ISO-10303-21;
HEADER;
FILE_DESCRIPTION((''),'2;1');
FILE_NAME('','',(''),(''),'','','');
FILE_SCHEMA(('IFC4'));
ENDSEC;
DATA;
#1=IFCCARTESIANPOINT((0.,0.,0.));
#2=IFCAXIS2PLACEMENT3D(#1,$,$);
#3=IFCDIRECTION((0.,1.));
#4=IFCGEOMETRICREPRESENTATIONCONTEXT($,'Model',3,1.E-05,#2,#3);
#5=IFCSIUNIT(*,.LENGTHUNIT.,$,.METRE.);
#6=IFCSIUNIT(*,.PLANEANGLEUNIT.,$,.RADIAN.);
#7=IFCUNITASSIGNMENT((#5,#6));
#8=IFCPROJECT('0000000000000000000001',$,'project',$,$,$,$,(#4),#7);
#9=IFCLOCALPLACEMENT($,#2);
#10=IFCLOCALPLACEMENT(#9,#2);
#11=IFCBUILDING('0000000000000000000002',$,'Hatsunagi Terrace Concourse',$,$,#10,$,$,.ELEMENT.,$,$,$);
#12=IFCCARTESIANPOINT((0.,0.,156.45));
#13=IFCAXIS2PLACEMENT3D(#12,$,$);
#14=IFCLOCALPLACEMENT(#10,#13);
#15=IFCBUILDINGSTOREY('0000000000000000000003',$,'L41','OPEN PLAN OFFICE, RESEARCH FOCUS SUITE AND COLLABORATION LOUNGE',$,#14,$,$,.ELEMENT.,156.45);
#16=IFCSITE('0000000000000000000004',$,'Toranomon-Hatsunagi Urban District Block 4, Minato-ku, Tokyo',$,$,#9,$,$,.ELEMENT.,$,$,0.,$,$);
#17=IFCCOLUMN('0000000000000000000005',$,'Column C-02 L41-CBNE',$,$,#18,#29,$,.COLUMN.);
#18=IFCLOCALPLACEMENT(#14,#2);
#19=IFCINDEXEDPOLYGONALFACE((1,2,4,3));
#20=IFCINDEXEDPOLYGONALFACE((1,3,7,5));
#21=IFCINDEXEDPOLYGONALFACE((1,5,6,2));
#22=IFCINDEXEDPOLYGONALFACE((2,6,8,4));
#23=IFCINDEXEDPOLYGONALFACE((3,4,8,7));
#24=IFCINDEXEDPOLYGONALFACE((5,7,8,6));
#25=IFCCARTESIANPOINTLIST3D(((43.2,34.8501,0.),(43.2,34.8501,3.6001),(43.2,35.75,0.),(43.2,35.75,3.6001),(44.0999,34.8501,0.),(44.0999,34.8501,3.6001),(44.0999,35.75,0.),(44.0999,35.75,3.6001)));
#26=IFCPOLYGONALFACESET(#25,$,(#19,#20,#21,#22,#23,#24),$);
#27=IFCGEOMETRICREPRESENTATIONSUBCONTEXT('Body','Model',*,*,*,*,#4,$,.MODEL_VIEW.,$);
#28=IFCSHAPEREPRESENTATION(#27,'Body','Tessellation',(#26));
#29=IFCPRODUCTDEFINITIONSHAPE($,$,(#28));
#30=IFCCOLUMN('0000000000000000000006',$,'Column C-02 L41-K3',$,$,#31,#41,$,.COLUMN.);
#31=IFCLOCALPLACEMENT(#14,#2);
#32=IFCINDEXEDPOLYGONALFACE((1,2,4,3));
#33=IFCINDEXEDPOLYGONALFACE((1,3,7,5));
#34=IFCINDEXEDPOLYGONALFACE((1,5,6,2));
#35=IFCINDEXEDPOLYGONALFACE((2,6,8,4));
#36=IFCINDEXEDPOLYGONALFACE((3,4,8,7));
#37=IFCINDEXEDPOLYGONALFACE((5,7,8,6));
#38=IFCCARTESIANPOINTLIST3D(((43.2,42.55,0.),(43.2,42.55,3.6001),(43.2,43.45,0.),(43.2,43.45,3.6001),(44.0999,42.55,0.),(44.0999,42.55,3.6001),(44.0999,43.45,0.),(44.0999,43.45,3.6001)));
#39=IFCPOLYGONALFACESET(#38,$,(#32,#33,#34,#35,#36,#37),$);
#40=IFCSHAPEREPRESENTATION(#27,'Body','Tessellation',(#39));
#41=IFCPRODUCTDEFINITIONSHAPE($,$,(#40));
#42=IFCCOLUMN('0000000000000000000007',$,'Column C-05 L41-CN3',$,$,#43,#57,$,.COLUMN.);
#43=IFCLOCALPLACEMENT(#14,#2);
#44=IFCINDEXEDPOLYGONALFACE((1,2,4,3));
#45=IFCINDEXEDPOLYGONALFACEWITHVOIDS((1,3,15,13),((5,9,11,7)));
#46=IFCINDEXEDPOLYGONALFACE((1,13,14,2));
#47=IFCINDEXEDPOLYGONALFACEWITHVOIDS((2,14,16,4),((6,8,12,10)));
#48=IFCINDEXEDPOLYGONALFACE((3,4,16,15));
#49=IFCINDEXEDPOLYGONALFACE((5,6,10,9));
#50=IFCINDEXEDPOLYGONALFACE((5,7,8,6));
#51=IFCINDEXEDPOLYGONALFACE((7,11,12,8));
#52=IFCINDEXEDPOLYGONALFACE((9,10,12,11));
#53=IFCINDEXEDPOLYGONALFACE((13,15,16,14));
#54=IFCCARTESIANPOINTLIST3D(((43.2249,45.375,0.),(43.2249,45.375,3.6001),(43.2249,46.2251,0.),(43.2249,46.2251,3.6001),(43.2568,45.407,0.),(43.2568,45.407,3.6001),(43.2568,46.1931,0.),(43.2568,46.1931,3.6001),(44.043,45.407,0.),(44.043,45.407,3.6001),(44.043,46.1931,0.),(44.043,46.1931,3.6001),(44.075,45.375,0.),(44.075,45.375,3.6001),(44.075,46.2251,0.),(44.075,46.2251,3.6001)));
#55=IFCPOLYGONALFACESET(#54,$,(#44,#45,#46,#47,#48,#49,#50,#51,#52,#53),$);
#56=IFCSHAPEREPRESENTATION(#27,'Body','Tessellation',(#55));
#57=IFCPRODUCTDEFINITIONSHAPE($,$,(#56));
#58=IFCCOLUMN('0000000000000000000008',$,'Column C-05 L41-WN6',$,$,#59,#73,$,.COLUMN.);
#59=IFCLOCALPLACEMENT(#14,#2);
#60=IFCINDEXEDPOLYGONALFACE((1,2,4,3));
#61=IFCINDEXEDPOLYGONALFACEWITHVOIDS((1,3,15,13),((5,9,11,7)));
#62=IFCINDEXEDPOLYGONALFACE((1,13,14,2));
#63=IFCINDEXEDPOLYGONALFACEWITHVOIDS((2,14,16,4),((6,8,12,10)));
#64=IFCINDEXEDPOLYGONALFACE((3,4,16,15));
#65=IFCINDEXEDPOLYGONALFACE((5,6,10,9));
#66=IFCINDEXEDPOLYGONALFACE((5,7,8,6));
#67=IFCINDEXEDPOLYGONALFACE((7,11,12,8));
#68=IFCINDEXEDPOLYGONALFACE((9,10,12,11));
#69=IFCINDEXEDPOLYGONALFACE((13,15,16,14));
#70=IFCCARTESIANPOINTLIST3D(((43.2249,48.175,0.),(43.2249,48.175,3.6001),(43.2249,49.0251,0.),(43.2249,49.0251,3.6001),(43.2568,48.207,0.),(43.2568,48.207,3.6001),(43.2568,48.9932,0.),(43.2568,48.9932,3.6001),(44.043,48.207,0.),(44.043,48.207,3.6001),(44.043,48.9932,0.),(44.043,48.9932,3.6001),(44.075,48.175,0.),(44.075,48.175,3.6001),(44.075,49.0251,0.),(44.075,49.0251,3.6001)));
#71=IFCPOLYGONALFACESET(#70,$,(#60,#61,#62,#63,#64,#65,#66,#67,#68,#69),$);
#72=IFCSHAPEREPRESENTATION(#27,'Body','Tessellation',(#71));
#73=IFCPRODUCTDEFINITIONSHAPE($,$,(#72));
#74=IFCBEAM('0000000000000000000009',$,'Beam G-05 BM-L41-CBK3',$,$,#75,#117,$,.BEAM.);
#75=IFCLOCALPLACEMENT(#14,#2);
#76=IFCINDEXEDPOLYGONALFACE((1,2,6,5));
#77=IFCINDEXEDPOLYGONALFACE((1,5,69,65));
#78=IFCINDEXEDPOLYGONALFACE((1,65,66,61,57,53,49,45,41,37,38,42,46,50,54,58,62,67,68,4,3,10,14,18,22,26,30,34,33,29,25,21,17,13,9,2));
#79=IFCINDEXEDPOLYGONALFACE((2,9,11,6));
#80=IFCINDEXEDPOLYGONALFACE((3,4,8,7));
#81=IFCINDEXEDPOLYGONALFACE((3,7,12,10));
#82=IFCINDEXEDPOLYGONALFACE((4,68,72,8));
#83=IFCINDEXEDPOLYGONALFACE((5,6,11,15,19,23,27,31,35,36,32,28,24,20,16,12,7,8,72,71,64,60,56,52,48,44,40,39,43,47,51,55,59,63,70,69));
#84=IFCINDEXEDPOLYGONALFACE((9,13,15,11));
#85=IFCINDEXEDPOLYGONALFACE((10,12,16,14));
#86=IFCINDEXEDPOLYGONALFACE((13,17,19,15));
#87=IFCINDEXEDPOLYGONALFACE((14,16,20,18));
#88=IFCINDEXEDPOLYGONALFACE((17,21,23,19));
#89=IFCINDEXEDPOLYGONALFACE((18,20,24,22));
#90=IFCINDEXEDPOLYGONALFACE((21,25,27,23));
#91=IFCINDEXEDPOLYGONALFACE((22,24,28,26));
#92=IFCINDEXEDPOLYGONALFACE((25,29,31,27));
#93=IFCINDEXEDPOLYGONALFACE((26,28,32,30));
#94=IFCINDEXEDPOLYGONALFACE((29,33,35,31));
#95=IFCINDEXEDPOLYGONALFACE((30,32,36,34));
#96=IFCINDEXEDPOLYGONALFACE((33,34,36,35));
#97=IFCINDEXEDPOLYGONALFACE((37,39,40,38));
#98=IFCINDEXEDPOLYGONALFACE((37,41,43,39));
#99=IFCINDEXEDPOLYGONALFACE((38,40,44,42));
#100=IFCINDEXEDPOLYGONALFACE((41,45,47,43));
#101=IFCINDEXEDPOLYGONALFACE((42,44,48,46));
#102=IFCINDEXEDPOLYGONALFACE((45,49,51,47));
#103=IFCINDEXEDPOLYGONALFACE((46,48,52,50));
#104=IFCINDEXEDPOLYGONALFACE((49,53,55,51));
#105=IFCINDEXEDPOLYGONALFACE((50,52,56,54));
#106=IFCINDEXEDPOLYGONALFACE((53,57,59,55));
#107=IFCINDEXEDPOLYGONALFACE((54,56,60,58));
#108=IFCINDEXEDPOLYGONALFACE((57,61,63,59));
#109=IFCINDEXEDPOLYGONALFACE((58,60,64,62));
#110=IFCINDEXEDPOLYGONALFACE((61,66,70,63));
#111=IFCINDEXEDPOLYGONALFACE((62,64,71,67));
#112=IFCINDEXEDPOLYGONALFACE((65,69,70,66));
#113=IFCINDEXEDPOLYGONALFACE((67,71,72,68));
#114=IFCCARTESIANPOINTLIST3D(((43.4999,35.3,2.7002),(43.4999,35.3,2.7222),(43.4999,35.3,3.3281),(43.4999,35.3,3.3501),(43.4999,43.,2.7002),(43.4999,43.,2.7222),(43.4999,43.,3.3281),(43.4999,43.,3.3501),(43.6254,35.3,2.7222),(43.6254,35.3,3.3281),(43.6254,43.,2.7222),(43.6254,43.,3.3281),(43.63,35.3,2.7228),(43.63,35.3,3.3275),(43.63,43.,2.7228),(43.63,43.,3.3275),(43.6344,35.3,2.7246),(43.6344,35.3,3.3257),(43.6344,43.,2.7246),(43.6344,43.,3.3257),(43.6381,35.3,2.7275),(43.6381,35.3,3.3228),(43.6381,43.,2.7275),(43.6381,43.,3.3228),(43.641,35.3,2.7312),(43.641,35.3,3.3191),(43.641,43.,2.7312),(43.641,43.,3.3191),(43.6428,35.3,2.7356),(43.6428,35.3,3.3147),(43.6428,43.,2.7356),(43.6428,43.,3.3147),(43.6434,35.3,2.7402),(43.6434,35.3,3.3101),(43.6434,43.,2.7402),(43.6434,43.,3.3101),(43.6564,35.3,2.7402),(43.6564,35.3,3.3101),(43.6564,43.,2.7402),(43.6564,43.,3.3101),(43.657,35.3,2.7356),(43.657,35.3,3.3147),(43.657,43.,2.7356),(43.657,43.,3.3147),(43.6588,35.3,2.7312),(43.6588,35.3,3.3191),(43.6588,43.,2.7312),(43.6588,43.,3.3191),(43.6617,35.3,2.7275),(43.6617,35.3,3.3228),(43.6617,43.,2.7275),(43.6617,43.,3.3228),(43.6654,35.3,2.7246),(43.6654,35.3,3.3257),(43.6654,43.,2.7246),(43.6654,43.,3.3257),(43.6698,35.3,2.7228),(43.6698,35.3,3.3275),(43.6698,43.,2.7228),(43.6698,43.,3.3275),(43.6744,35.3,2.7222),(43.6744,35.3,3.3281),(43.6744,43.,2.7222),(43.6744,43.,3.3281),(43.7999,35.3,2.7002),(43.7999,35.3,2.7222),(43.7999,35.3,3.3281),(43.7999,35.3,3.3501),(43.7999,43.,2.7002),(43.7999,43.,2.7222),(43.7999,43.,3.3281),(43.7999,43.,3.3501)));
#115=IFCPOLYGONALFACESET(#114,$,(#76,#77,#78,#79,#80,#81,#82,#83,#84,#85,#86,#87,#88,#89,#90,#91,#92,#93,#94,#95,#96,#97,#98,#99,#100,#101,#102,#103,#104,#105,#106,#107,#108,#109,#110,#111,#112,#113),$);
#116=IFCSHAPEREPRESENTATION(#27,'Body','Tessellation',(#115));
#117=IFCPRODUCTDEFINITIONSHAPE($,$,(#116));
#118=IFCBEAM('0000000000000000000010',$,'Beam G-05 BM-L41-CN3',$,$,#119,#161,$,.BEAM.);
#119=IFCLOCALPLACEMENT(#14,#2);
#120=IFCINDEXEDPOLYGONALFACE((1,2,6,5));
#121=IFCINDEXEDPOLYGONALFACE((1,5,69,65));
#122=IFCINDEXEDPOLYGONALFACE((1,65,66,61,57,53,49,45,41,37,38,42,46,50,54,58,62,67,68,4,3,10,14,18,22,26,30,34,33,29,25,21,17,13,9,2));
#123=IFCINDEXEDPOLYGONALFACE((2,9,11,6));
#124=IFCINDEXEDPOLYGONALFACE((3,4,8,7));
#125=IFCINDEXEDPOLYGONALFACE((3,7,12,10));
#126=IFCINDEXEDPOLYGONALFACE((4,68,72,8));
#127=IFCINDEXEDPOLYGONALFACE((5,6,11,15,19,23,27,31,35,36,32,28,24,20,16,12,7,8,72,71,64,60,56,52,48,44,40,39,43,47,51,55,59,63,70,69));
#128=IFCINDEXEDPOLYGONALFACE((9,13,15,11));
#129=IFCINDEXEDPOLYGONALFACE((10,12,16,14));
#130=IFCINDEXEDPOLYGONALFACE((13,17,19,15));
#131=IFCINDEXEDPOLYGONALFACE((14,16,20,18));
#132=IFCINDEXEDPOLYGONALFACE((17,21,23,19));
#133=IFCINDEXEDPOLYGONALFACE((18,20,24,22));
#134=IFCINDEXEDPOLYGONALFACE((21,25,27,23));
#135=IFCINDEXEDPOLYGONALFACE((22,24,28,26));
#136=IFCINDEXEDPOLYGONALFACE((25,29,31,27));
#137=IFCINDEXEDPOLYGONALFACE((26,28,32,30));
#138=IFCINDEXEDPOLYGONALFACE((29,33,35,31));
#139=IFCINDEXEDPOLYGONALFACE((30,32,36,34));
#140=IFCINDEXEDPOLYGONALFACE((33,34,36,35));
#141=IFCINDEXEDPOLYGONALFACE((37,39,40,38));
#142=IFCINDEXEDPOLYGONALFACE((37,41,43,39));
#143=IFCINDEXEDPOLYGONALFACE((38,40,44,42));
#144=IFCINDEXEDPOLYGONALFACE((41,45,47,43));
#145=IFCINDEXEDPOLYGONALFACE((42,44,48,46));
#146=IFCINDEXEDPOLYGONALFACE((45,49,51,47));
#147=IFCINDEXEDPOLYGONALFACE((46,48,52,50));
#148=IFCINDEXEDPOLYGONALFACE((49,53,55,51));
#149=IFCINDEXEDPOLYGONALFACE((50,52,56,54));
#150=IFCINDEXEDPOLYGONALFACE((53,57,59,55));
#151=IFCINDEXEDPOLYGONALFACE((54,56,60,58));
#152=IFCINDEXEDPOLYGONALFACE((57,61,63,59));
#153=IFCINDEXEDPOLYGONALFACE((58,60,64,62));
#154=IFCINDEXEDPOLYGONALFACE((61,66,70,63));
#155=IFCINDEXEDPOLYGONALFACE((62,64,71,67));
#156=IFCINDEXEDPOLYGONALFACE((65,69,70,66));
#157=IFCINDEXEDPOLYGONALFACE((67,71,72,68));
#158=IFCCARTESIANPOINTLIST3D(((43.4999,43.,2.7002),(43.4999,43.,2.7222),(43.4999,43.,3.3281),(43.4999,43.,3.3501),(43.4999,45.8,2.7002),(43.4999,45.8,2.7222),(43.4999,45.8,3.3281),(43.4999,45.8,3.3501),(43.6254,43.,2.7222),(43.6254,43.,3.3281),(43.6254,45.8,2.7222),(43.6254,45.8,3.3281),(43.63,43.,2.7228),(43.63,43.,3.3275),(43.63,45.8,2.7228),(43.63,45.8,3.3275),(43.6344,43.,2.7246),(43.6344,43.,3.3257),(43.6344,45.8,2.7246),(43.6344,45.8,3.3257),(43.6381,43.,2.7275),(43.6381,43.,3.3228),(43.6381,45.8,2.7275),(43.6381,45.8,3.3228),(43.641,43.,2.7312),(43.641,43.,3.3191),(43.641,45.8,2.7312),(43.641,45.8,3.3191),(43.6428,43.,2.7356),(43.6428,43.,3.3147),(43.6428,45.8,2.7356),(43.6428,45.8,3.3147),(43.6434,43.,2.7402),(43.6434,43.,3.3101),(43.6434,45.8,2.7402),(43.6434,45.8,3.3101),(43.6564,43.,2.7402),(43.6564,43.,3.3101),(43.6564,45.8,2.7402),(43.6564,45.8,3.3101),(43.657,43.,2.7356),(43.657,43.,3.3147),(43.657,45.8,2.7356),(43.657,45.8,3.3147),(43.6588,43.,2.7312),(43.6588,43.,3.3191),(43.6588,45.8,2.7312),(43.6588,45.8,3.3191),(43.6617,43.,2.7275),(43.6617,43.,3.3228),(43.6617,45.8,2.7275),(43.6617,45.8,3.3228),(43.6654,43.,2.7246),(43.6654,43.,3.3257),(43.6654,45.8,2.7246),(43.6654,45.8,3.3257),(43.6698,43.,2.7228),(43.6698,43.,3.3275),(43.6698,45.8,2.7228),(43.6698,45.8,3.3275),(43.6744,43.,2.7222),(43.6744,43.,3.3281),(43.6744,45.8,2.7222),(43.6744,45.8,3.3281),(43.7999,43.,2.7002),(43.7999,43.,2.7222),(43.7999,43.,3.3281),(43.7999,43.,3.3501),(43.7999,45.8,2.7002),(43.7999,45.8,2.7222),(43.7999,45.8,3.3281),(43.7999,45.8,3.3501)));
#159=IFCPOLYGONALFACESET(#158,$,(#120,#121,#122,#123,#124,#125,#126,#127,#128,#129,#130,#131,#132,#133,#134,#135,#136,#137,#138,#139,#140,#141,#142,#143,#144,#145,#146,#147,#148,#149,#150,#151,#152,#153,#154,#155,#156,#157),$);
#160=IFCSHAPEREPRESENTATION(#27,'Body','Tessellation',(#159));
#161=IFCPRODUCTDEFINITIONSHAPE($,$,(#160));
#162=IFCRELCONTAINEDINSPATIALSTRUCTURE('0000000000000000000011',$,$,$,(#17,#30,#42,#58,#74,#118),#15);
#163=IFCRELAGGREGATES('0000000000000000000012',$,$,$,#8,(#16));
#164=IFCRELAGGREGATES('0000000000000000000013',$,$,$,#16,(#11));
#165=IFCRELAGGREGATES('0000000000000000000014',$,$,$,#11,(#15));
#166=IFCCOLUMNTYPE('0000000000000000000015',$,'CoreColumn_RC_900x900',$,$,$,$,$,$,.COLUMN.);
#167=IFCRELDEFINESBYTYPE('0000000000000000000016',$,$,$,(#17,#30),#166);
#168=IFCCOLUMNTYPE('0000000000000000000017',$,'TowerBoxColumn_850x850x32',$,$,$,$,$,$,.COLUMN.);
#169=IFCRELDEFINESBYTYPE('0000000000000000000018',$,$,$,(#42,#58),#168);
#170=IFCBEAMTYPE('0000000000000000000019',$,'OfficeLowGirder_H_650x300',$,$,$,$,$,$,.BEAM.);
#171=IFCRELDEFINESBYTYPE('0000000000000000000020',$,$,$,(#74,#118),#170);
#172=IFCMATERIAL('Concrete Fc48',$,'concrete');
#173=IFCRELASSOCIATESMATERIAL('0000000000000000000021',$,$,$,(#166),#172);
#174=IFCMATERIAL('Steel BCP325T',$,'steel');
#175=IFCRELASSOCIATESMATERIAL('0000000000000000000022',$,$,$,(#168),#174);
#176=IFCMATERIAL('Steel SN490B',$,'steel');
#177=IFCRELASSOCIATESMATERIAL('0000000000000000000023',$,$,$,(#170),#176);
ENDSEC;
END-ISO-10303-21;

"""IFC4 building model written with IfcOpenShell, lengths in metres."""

from ifc_helpers import new_model, si_unit, direction, frame, origin, origin_2d, place, context, subcontext, project, spatial, rectangle, hollow_rectangle, i_section, extrude, material, material_profile, profile_set, type_object, element, save


model = new_model("IFC4")

# Units and contexts
model_context = context("Model", 3, precision=1e-05, world=origin(), true_north=direction((0.0, 1.0)))
body_context = subcontext(model_context, "Body", "Model", "MODEL_VIEW")
ifc_project = project(units=[si_unit("LENGTHUNIT", "METRE"), si_unit("PLANEANGLEUNIT", "RADIAN")], contexts=[model_context])

# Site, building, storey
site_placement = place(None, origin())
site = spatial("IfcSite", under=ifc_project, at=site_placement, Name="Toranomon-Hatsunagi Urban District Block 4, Minato-ku, Tokyo", CompositionType="ELEMENT", RefElevation=0.0)
building_placement = place(site_placement, origin())
building = spatial("IfcBuilding", under=site, at=building_placement, Name="Hatsunagi Terrace Concourse", CompositionType="ELEMENT")
storey_placement = place(building_placement, frame((0.0, 0.0, 156.45)))
storey = spatial("IfcBuildingStorey", under=building, at=storey_placement, Name="L41", Description="OPEN PLAN OFFICE, RESEARCH FOCUS SUITE AND COLLABORATION LOUNGE", CompositionType="ELEMENT", Elevation=156.45)

# Columns
ifc_material_1 = material(Name="Concrete Fc48", Category="concrete")
ifc_material_profile_1 = material_profile(ifc_material_1, rectangle(XDim=0.8999, YDim=0.8999, at=origin_2d()), Name="RC-900x900")
ifc_profile_set_1 = profile_set([ifc_material_profile_1], Name="Concrete Fc48")
column_type_1 = type_object("IfcColumnType", Name="CoreColumn_RC_900x900", PredefinedType="COLUMN", material=ifc_profile_set_1)
for number, where, z_axis, x_axis, name in (
    (1, (43.6499, 35.3, 0.0), (0.0, 0.0, 1.0), (1.0, 0.0, 0.0), "Column C-02 L41-CBNE"),
    (2, (43.6499, 43.0, 0.0), (0.0, 0.0, 1.0), (1.0, 0.0, 0.0), "Column C-02 L41-K3"),
):
    element("IfcColumn", number, at=place(storey_placement, frame(where, z_axis=z_axis, x_axis=x_axis)), inside=storey, type_object=column_type_1, Name=name, PredefinedType="COLUMN", context=body_context, shape_type="SweptSolid", body=[
        extrude(rectangle(XDim=0.8999, YDim=0.8999, at=origin_2d()), origin(), (0.0, 0.0, 1.0), 3.6001),
    ])
ifc_material_2 = material(Name="Steel BCP325T", Category="steel")
ifc_material_profile_2 = material_profile(ifc_material_2, hollow_rectangle(XDim=0.8501, YDim=0.8501, WallThickness=0.032, at=origin_2d()), Name="BCP-850x850x32")
ifc_profile_set_2 = profile_set([ifc_material_profile_2], Name="Steel BCP325T")
column_type_2 = type_object("IfcColumnType", Name="TowerBoxColumn_850x850x32", PredefinedType="COLUMN", material=ifc_profile_set_2)
for number, where, z_axis, x_axis, name in (
    (3, (43.6499, 45.8, 0.0), (0.0, 0.0, 1.0), (1.0, 0.0, 0.0), "Column C-05 L41-CN3"),
    (4, (43.6499, 48.6001, 0.0), (0.0, 0.0, 1.0), (1.0, 0.0, 0.0), "Column C-05 L41-WN6"),
):
    element("IfcColumn", number, at=place(storey_placement, frame(where, z_axis=z_axis, x_axis=x_axis)), inside=storey, type_object=column_type_2, Name=name, PredefinedType="COLUMN", context=body_context, shape_type="SweptSolid", body=[
        extrude(hollow_rectangle(XDim=0.8501, YDim=0.8501, WallThickness=0.032, at=origin_2d()), origin(), (0.0, 0.0, 1.0), 3.6001),
    ])

# Beams
ifc_material_3 = material(Name="Steel SN490B", Category="steel")
ifc_material_profile_3 = material_profile(ifc_material_3, i_section(OverallWidth=0.3, OverallDepth=0.6499, WebThickness=0.0129, FlangeThickness=0.022, FilletRadius=0.0181, at=origin_2d()), Name="H-650x300x13x22")
ifc_profile_set_3 = profile_set([ifc_material_profile_3], Name="Steel SN490B")
beam_type_1 = type_object("IfcBeamType", Name="OfficeLowGirder_H_650x300", PredefinedType="BEAM", material=ifc_profile_set_3)
beam_1_placement = place(storey_placement, frame((43.6499, 35.3, 3.0251), z_axis=(0.0, 1.0, 0.0), x_axis=(-1.0, 0.0, 0.0)))
element("IfcBeam", 5, at=beam_1_placement, inside=storey, type_object=beam_type_1, Name="Beam G-05 BM-L41-CBK3", PredefinedType="BEAM", context=body_context, shape_type="SweptSolid", body=[
    extrude(i_section(OverallWidth=0.3, OverallDepth=0.6499, WebThickness=0.0129, FlangeThickness=0.022, FilletRadius=0.0181, at=origin_2d()), origin(), (0.0, 0.0, 1.0), 7.7),
])
for number, where, z_axis, x_axis, name in (
    (6, (43.6499, 43.0, 3.0251), (0.0, 1.0, 0.0), (-1.0, 0.0, 0.0), "Beam G-05 BM-L41-CN3"),
):
    element("IfcBeam", number, at=place(storey_placement, frame(where, z_axis=z_axis, x_axis=x_axis)), inside=storey, type_object=beam_type_1, Name=name, PredefinedType="BEAM", context=body_context, shape_type="SweptSolid", body=[
        extrude(i_section(OverallWidth=0.3, OverallDepth=0.6499, WebThickness=0.0129, FlangeThickness=0.022, FilletRadius=0.0181, at=origin_2d()), origin(), (0.0, 0.0, 1.0), 2.8),
    ])

save(model, "model.ifc")
